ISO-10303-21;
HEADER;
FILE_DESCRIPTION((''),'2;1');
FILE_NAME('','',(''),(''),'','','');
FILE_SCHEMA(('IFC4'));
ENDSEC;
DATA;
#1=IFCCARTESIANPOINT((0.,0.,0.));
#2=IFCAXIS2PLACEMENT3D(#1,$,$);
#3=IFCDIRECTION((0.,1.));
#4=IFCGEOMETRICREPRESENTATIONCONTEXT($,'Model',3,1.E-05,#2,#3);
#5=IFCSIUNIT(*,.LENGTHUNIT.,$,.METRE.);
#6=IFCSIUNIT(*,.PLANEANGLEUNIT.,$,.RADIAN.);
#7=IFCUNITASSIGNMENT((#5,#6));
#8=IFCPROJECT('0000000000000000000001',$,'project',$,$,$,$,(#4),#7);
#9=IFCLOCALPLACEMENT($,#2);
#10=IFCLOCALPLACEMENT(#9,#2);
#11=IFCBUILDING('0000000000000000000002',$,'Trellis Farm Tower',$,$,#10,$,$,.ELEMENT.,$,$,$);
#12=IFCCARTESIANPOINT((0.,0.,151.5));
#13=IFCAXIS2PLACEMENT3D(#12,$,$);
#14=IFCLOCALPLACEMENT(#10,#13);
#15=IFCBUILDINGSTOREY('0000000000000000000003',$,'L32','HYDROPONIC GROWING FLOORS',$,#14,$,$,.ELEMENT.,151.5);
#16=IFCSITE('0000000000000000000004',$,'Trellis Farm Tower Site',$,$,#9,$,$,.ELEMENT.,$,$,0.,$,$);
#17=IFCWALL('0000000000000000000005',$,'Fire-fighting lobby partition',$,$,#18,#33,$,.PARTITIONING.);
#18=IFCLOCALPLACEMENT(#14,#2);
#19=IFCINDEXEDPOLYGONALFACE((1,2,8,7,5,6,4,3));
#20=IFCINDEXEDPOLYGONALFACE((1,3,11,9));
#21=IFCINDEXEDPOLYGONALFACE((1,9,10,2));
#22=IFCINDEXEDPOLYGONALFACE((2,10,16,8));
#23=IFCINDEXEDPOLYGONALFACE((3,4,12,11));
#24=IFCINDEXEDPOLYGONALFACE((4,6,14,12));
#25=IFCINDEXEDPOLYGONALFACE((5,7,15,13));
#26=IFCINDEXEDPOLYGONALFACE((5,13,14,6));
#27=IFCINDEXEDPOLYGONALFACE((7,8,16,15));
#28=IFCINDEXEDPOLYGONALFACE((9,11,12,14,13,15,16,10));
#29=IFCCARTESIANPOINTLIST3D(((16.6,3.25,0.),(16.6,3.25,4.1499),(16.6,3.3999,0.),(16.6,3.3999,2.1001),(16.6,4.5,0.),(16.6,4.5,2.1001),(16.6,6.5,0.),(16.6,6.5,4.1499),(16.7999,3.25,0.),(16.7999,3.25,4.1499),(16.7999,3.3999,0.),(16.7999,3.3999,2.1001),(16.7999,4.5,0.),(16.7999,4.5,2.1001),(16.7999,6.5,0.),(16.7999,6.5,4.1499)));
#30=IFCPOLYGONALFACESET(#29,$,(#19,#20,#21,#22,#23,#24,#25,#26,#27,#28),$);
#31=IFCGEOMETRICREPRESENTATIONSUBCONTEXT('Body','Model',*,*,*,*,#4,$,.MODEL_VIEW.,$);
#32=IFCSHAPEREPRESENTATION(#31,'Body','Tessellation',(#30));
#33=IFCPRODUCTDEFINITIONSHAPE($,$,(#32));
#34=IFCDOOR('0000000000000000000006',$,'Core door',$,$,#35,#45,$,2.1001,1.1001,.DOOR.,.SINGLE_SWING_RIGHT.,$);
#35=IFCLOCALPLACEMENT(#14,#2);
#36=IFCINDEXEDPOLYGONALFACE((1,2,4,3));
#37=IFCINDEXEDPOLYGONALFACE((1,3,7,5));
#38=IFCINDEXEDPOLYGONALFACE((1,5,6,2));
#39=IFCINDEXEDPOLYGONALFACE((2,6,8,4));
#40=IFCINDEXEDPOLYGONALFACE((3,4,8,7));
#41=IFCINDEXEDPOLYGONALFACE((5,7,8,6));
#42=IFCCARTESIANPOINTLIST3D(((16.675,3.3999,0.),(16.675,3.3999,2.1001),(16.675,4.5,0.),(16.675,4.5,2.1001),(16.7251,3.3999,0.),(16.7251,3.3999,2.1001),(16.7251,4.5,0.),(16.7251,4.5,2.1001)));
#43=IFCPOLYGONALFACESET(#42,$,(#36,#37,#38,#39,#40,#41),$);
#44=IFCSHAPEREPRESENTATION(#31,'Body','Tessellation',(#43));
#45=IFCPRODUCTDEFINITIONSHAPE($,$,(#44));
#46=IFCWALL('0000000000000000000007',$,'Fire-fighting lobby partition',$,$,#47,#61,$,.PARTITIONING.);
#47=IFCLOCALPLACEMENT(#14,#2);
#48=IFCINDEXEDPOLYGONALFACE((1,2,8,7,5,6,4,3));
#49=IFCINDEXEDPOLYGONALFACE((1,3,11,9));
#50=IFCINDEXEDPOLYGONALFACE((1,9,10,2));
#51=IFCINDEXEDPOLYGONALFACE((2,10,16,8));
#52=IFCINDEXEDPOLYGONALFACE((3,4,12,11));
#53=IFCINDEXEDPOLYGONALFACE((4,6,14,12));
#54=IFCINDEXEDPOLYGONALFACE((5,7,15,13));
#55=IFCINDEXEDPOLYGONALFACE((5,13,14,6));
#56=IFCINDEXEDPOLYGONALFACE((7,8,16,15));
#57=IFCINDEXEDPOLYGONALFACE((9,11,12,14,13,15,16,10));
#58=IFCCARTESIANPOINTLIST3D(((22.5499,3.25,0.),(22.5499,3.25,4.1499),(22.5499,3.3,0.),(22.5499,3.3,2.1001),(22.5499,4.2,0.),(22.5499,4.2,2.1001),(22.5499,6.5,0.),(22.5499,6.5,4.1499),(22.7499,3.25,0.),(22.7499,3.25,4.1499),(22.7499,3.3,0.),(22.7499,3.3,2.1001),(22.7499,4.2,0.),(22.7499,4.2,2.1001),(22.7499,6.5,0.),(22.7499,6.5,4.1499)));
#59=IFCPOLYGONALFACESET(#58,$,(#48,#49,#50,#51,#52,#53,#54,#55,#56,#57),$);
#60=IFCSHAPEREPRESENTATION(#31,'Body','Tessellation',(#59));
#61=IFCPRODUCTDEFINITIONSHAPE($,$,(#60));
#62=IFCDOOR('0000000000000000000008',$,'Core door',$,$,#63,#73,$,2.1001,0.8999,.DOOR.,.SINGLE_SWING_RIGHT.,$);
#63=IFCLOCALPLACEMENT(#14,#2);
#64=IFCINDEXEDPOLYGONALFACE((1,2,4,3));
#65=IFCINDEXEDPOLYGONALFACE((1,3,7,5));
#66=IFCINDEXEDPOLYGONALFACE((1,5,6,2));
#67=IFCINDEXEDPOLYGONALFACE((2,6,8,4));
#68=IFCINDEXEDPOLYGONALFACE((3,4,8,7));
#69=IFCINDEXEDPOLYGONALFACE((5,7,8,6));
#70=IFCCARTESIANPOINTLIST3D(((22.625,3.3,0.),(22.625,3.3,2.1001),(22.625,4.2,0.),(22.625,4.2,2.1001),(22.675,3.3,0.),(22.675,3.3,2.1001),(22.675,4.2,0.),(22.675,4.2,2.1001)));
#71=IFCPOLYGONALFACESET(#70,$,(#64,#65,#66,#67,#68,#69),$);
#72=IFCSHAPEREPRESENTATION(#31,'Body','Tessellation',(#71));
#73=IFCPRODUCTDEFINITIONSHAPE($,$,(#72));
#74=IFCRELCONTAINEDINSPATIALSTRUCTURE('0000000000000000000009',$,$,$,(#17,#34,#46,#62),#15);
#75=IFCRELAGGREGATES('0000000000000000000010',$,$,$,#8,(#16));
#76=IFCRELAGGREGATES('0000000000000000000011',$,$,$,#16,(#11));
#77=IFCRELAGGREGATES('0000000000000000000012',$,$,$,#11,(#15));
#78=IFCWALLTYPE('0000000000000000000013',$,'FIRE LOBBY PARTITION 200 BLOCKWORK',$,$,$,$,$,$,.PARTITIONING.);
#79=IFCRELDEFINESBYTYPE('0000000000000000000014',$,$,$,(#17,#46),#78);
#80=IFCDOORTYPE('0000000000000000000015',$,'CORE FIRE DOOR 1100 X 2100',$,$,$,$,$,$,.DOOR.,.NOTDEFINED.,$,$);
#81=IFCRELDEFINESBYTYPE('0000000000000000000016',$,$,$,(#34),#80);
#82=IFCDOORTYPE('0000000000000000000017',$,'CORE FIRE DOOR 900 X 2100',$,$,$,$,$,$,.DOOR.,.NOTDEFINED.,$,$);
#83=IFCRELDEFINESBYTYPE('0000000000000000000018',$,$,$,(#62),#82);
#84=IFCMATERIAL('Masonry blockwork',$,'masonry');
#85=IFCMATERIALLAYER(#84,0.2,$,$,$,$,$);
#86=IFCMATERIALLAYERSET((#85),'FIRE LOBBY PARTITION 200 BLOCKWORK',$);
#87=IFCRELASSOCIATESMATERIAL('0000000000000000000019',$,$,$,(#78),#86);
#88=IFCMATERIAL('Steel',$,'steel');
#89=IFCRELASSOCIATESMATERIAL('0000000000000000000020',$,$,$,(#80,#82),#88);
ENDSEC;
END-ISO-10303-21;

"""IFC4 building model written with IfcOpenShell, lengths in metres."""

from ifc_helpers import new_model, si_unit, direction, frame, frame_2d, origin, place, context, subcontext, project, spatial, rectangle, extrude, source, transform, mapped, material, layer, layer_set, type_object, element, fill, save


model = new_model("IFC4")

# Units and contexts
model_context = context("Model", 3, precision=1e-05, world=origin(), true_north=direction((0.0, 1.0)))
body_context = subcontext(model_context, "Body", "Model", "MODEL_VIEW")
ifc_project = project(units=[si_unit("LENGTHUNIT", "METRE"), si_unit("PLANEANGLEUNIT", "RADIAN")], contexts=[model_context])

# Site, building, storey
site_placement = place(None, origin())
site = spatial("IfcSite", under=ifc_project, at=site_placement, Name="Trellis Farm Tower Site", CompositionType="ELEMENT", RefElevation=0.0)
building_placement = place(site_placement, origin())
building = spatial("IfcBuilding", under=site, at=building_placement, Name="Trellis Farm Tower", CompositionType="ELEMENT")
storey_placement = place(building_placement, frame((0.0, 0.0, 151.5)))
storey = spatial("IfcBuildingStorey", under=building, at=storey_placement, Name="L32", Description="HYDROPONIC GROWING FLOORS", CompositionType="ELEMENT", Elevation=151.5)

# Walls, openings, doors
ifc_material_1 = material(Name="Masonry blockwork", Category="masonry")
ifc_layer_1 = layer(ifc_material_1, 0.2)
ifc_layer_set_1 = layer_set([ifc_layer_1], Name="FIRE LOBBY PARTITION 200 BLOCKWORK")
wall_type_1 = type_object("IfcWallType", Name="FIRE LOBBY PARTITION 200 BLOCKWORK", PredefinedType="PARTITIONING", material=ifc_layer_set_1)
shared_shape_1 = source(origin(), body_context, "Body", "SweptSolid", [
    extrude(rectangle(XDim=3.25, YDim=0.2, at=frame_2d((1.625, 0.0))), origin(), (0.0, 0.0, 1.0), 4.1499),
])
wall_1_placement = place(storey_placement, frame((16.7, 3.25, 0.0), z_axis=(0.0, 0.0, 1.0), x_axis=(0.0, 1.0, 0.0)))
wall_1 = element("IfcWall", 1, at=wall_1_placement, inside=storey, type_object=wall_type_1, Name="Fire-fighting lobby partition", PredefinedType="PARTITIONING", context=body_context, shape_type="MappedRepresentation", body=[
    mapped(shared_shape_1, transform((0.0, 0.0, 0.0))),
])
shared_shape_2 = source(origin(), body_context, "Body", "SweptSolid", [
    extrude(rectangle(XDim=1.1001, YDim=2.1001, at=frame_2d((0.55, 1.05))), frame((0.0, 0.1101, 0.0), z_axis=(0.0, -1.0, 0.0), x_axis=(1.0, 0.0, 0.0)), (0.0, 0.0, 1.0), 0.2202),
])
opening_1_placement = place(wall_1_placement, frame((0.1499, 0.0, 0.0)))
opening_1 = element("IfcOpeningElement", 2, at=opening_1_placement, cuts=wall_1, PredefinedType="OPENING", context=body_context, shape_type="MappedRepresentation", body=[
    mapped(shared_shape_2, transform((0.0, 0.0, 0.0))),
])
ifc_material_2 = material(Name="Steel", Category="steel")
door_type_1 = type_object("IfcDoorType", Name="CORE FIRE DOOR 1100 X 2100", OperationType="NOTDEFINED", PredefinedType="DOOR", material=ifc_material_2)
shared_shape_3 = source(origin(), body_context, "Body", "SweptSolid", [
    extrude(rectangle(XDim=1.1001, YDim=2.1001, at=frame_2d((0.55, 1.05))), frame((0.0, 0.0249, 0.0), z_axis=(0.0, -1.0, 0.0), x_axis=(1.0, 0.0, 0.0)), (0.0, 0.0, 1.0), 0.05),
])
door_1_placement = place(opening_1_placement, origin())
door_1 = element("IfcDoor", 3, at=door_1_placement, inside=storey, type_object=door_type_1, Name="Core door", OperationType="SINGLE_SWING_RIGHT", OverallHeight=2.1001, OverallWidth=1.1001, PredefinedType="DOOR", context=body_context, shape_type="MappedRepresentation", body=[
    mapped(shared_shape_3, transform((0.0, 0.0, 0.0))),
])
fill(opening_1, door_1)
wall_2_placement = place(storey_placement, frame((22.6499, 3.25, 0.0), z_axis=(0.0, 0.0, 1.0), x_axis=(0.0, 1.0, 0.0)))
wall_2 = element("IfcWall", 4, at=wall_2_placement, inside=storey, type_object=wall_type_1, Name="Fire-fighting lobby partition", PredefinedType="PARTITIONING", context=body_context, shape_type="MappedRepresentation", body=[
    mapped(shared_shape_1, transform((0.0, 0.0, 0.0))),
])
shared_shape_4 = source(origin(), body_context, "Body", "SweptSolid", [
    extrude(rectangle(XDim=0.8999, YDim=2.1001, at=frame_2d((0.45, 1.05))), frame((0.0, 0.1101, 0.0), z_axis=(0.0, -1.0, 0.0), x_axis=(1.0, 0.0, 0.0)), (0.0, 0.0, 1.0), 0.2202),
])
opening_2_placement = place(wall_2_placement, frame((0.05, 0.0, 0.0)))
opening_2 = element("IfcOpeningElement", 5, at=opening_2_placement, cuts=wall_2, PredefinedType="OPENING", context=body_context, shape_type="MappedRepresentation", body=[
    mapped(shared_shape_4, transform((0.0, 0.0, 0.0))),
])
door_type_2 = type_object("IfcDoorType", Name="CORE FIRE DOOR 900 X 2100", OperationType="NOTDEFINED", PredefinedType="DOOR", material=ifc_material_2)
shared_shape_5 = source(origin(), body_context, "Body", "SweptSolid", [
    extrude(rectangle(XDim=0.8999, YDim=2.1001, at=frame_2d((0.45, 1.05))), frame((0.0, 0.0249, 0.0), z_axis=(0.0, -1.0, 0.0), x_axis=(1.0, 0.0, 0.0)), (0.0, 0.0, 1.0), 0.05),
])
door_2_placement = place(opening_2_placement, origin())
door_2 = element("IfcDoor", 6, at=door_2_placement, inside=storey, type_object=door_type_2, Name="Core door", OperationType="SINGLE_SWING_RIGHT", OverallHeight=2.1001, OverallWidth=0.8999, PredefinedType="DOOR", context=body_context, shape_type="MappedRepresentation", body=[
    mapped(shared_shape_5, transform((0.0, 0.0, 0.0))),
])
fill(opening_2, door_2)

save(model, "model.ifc")
